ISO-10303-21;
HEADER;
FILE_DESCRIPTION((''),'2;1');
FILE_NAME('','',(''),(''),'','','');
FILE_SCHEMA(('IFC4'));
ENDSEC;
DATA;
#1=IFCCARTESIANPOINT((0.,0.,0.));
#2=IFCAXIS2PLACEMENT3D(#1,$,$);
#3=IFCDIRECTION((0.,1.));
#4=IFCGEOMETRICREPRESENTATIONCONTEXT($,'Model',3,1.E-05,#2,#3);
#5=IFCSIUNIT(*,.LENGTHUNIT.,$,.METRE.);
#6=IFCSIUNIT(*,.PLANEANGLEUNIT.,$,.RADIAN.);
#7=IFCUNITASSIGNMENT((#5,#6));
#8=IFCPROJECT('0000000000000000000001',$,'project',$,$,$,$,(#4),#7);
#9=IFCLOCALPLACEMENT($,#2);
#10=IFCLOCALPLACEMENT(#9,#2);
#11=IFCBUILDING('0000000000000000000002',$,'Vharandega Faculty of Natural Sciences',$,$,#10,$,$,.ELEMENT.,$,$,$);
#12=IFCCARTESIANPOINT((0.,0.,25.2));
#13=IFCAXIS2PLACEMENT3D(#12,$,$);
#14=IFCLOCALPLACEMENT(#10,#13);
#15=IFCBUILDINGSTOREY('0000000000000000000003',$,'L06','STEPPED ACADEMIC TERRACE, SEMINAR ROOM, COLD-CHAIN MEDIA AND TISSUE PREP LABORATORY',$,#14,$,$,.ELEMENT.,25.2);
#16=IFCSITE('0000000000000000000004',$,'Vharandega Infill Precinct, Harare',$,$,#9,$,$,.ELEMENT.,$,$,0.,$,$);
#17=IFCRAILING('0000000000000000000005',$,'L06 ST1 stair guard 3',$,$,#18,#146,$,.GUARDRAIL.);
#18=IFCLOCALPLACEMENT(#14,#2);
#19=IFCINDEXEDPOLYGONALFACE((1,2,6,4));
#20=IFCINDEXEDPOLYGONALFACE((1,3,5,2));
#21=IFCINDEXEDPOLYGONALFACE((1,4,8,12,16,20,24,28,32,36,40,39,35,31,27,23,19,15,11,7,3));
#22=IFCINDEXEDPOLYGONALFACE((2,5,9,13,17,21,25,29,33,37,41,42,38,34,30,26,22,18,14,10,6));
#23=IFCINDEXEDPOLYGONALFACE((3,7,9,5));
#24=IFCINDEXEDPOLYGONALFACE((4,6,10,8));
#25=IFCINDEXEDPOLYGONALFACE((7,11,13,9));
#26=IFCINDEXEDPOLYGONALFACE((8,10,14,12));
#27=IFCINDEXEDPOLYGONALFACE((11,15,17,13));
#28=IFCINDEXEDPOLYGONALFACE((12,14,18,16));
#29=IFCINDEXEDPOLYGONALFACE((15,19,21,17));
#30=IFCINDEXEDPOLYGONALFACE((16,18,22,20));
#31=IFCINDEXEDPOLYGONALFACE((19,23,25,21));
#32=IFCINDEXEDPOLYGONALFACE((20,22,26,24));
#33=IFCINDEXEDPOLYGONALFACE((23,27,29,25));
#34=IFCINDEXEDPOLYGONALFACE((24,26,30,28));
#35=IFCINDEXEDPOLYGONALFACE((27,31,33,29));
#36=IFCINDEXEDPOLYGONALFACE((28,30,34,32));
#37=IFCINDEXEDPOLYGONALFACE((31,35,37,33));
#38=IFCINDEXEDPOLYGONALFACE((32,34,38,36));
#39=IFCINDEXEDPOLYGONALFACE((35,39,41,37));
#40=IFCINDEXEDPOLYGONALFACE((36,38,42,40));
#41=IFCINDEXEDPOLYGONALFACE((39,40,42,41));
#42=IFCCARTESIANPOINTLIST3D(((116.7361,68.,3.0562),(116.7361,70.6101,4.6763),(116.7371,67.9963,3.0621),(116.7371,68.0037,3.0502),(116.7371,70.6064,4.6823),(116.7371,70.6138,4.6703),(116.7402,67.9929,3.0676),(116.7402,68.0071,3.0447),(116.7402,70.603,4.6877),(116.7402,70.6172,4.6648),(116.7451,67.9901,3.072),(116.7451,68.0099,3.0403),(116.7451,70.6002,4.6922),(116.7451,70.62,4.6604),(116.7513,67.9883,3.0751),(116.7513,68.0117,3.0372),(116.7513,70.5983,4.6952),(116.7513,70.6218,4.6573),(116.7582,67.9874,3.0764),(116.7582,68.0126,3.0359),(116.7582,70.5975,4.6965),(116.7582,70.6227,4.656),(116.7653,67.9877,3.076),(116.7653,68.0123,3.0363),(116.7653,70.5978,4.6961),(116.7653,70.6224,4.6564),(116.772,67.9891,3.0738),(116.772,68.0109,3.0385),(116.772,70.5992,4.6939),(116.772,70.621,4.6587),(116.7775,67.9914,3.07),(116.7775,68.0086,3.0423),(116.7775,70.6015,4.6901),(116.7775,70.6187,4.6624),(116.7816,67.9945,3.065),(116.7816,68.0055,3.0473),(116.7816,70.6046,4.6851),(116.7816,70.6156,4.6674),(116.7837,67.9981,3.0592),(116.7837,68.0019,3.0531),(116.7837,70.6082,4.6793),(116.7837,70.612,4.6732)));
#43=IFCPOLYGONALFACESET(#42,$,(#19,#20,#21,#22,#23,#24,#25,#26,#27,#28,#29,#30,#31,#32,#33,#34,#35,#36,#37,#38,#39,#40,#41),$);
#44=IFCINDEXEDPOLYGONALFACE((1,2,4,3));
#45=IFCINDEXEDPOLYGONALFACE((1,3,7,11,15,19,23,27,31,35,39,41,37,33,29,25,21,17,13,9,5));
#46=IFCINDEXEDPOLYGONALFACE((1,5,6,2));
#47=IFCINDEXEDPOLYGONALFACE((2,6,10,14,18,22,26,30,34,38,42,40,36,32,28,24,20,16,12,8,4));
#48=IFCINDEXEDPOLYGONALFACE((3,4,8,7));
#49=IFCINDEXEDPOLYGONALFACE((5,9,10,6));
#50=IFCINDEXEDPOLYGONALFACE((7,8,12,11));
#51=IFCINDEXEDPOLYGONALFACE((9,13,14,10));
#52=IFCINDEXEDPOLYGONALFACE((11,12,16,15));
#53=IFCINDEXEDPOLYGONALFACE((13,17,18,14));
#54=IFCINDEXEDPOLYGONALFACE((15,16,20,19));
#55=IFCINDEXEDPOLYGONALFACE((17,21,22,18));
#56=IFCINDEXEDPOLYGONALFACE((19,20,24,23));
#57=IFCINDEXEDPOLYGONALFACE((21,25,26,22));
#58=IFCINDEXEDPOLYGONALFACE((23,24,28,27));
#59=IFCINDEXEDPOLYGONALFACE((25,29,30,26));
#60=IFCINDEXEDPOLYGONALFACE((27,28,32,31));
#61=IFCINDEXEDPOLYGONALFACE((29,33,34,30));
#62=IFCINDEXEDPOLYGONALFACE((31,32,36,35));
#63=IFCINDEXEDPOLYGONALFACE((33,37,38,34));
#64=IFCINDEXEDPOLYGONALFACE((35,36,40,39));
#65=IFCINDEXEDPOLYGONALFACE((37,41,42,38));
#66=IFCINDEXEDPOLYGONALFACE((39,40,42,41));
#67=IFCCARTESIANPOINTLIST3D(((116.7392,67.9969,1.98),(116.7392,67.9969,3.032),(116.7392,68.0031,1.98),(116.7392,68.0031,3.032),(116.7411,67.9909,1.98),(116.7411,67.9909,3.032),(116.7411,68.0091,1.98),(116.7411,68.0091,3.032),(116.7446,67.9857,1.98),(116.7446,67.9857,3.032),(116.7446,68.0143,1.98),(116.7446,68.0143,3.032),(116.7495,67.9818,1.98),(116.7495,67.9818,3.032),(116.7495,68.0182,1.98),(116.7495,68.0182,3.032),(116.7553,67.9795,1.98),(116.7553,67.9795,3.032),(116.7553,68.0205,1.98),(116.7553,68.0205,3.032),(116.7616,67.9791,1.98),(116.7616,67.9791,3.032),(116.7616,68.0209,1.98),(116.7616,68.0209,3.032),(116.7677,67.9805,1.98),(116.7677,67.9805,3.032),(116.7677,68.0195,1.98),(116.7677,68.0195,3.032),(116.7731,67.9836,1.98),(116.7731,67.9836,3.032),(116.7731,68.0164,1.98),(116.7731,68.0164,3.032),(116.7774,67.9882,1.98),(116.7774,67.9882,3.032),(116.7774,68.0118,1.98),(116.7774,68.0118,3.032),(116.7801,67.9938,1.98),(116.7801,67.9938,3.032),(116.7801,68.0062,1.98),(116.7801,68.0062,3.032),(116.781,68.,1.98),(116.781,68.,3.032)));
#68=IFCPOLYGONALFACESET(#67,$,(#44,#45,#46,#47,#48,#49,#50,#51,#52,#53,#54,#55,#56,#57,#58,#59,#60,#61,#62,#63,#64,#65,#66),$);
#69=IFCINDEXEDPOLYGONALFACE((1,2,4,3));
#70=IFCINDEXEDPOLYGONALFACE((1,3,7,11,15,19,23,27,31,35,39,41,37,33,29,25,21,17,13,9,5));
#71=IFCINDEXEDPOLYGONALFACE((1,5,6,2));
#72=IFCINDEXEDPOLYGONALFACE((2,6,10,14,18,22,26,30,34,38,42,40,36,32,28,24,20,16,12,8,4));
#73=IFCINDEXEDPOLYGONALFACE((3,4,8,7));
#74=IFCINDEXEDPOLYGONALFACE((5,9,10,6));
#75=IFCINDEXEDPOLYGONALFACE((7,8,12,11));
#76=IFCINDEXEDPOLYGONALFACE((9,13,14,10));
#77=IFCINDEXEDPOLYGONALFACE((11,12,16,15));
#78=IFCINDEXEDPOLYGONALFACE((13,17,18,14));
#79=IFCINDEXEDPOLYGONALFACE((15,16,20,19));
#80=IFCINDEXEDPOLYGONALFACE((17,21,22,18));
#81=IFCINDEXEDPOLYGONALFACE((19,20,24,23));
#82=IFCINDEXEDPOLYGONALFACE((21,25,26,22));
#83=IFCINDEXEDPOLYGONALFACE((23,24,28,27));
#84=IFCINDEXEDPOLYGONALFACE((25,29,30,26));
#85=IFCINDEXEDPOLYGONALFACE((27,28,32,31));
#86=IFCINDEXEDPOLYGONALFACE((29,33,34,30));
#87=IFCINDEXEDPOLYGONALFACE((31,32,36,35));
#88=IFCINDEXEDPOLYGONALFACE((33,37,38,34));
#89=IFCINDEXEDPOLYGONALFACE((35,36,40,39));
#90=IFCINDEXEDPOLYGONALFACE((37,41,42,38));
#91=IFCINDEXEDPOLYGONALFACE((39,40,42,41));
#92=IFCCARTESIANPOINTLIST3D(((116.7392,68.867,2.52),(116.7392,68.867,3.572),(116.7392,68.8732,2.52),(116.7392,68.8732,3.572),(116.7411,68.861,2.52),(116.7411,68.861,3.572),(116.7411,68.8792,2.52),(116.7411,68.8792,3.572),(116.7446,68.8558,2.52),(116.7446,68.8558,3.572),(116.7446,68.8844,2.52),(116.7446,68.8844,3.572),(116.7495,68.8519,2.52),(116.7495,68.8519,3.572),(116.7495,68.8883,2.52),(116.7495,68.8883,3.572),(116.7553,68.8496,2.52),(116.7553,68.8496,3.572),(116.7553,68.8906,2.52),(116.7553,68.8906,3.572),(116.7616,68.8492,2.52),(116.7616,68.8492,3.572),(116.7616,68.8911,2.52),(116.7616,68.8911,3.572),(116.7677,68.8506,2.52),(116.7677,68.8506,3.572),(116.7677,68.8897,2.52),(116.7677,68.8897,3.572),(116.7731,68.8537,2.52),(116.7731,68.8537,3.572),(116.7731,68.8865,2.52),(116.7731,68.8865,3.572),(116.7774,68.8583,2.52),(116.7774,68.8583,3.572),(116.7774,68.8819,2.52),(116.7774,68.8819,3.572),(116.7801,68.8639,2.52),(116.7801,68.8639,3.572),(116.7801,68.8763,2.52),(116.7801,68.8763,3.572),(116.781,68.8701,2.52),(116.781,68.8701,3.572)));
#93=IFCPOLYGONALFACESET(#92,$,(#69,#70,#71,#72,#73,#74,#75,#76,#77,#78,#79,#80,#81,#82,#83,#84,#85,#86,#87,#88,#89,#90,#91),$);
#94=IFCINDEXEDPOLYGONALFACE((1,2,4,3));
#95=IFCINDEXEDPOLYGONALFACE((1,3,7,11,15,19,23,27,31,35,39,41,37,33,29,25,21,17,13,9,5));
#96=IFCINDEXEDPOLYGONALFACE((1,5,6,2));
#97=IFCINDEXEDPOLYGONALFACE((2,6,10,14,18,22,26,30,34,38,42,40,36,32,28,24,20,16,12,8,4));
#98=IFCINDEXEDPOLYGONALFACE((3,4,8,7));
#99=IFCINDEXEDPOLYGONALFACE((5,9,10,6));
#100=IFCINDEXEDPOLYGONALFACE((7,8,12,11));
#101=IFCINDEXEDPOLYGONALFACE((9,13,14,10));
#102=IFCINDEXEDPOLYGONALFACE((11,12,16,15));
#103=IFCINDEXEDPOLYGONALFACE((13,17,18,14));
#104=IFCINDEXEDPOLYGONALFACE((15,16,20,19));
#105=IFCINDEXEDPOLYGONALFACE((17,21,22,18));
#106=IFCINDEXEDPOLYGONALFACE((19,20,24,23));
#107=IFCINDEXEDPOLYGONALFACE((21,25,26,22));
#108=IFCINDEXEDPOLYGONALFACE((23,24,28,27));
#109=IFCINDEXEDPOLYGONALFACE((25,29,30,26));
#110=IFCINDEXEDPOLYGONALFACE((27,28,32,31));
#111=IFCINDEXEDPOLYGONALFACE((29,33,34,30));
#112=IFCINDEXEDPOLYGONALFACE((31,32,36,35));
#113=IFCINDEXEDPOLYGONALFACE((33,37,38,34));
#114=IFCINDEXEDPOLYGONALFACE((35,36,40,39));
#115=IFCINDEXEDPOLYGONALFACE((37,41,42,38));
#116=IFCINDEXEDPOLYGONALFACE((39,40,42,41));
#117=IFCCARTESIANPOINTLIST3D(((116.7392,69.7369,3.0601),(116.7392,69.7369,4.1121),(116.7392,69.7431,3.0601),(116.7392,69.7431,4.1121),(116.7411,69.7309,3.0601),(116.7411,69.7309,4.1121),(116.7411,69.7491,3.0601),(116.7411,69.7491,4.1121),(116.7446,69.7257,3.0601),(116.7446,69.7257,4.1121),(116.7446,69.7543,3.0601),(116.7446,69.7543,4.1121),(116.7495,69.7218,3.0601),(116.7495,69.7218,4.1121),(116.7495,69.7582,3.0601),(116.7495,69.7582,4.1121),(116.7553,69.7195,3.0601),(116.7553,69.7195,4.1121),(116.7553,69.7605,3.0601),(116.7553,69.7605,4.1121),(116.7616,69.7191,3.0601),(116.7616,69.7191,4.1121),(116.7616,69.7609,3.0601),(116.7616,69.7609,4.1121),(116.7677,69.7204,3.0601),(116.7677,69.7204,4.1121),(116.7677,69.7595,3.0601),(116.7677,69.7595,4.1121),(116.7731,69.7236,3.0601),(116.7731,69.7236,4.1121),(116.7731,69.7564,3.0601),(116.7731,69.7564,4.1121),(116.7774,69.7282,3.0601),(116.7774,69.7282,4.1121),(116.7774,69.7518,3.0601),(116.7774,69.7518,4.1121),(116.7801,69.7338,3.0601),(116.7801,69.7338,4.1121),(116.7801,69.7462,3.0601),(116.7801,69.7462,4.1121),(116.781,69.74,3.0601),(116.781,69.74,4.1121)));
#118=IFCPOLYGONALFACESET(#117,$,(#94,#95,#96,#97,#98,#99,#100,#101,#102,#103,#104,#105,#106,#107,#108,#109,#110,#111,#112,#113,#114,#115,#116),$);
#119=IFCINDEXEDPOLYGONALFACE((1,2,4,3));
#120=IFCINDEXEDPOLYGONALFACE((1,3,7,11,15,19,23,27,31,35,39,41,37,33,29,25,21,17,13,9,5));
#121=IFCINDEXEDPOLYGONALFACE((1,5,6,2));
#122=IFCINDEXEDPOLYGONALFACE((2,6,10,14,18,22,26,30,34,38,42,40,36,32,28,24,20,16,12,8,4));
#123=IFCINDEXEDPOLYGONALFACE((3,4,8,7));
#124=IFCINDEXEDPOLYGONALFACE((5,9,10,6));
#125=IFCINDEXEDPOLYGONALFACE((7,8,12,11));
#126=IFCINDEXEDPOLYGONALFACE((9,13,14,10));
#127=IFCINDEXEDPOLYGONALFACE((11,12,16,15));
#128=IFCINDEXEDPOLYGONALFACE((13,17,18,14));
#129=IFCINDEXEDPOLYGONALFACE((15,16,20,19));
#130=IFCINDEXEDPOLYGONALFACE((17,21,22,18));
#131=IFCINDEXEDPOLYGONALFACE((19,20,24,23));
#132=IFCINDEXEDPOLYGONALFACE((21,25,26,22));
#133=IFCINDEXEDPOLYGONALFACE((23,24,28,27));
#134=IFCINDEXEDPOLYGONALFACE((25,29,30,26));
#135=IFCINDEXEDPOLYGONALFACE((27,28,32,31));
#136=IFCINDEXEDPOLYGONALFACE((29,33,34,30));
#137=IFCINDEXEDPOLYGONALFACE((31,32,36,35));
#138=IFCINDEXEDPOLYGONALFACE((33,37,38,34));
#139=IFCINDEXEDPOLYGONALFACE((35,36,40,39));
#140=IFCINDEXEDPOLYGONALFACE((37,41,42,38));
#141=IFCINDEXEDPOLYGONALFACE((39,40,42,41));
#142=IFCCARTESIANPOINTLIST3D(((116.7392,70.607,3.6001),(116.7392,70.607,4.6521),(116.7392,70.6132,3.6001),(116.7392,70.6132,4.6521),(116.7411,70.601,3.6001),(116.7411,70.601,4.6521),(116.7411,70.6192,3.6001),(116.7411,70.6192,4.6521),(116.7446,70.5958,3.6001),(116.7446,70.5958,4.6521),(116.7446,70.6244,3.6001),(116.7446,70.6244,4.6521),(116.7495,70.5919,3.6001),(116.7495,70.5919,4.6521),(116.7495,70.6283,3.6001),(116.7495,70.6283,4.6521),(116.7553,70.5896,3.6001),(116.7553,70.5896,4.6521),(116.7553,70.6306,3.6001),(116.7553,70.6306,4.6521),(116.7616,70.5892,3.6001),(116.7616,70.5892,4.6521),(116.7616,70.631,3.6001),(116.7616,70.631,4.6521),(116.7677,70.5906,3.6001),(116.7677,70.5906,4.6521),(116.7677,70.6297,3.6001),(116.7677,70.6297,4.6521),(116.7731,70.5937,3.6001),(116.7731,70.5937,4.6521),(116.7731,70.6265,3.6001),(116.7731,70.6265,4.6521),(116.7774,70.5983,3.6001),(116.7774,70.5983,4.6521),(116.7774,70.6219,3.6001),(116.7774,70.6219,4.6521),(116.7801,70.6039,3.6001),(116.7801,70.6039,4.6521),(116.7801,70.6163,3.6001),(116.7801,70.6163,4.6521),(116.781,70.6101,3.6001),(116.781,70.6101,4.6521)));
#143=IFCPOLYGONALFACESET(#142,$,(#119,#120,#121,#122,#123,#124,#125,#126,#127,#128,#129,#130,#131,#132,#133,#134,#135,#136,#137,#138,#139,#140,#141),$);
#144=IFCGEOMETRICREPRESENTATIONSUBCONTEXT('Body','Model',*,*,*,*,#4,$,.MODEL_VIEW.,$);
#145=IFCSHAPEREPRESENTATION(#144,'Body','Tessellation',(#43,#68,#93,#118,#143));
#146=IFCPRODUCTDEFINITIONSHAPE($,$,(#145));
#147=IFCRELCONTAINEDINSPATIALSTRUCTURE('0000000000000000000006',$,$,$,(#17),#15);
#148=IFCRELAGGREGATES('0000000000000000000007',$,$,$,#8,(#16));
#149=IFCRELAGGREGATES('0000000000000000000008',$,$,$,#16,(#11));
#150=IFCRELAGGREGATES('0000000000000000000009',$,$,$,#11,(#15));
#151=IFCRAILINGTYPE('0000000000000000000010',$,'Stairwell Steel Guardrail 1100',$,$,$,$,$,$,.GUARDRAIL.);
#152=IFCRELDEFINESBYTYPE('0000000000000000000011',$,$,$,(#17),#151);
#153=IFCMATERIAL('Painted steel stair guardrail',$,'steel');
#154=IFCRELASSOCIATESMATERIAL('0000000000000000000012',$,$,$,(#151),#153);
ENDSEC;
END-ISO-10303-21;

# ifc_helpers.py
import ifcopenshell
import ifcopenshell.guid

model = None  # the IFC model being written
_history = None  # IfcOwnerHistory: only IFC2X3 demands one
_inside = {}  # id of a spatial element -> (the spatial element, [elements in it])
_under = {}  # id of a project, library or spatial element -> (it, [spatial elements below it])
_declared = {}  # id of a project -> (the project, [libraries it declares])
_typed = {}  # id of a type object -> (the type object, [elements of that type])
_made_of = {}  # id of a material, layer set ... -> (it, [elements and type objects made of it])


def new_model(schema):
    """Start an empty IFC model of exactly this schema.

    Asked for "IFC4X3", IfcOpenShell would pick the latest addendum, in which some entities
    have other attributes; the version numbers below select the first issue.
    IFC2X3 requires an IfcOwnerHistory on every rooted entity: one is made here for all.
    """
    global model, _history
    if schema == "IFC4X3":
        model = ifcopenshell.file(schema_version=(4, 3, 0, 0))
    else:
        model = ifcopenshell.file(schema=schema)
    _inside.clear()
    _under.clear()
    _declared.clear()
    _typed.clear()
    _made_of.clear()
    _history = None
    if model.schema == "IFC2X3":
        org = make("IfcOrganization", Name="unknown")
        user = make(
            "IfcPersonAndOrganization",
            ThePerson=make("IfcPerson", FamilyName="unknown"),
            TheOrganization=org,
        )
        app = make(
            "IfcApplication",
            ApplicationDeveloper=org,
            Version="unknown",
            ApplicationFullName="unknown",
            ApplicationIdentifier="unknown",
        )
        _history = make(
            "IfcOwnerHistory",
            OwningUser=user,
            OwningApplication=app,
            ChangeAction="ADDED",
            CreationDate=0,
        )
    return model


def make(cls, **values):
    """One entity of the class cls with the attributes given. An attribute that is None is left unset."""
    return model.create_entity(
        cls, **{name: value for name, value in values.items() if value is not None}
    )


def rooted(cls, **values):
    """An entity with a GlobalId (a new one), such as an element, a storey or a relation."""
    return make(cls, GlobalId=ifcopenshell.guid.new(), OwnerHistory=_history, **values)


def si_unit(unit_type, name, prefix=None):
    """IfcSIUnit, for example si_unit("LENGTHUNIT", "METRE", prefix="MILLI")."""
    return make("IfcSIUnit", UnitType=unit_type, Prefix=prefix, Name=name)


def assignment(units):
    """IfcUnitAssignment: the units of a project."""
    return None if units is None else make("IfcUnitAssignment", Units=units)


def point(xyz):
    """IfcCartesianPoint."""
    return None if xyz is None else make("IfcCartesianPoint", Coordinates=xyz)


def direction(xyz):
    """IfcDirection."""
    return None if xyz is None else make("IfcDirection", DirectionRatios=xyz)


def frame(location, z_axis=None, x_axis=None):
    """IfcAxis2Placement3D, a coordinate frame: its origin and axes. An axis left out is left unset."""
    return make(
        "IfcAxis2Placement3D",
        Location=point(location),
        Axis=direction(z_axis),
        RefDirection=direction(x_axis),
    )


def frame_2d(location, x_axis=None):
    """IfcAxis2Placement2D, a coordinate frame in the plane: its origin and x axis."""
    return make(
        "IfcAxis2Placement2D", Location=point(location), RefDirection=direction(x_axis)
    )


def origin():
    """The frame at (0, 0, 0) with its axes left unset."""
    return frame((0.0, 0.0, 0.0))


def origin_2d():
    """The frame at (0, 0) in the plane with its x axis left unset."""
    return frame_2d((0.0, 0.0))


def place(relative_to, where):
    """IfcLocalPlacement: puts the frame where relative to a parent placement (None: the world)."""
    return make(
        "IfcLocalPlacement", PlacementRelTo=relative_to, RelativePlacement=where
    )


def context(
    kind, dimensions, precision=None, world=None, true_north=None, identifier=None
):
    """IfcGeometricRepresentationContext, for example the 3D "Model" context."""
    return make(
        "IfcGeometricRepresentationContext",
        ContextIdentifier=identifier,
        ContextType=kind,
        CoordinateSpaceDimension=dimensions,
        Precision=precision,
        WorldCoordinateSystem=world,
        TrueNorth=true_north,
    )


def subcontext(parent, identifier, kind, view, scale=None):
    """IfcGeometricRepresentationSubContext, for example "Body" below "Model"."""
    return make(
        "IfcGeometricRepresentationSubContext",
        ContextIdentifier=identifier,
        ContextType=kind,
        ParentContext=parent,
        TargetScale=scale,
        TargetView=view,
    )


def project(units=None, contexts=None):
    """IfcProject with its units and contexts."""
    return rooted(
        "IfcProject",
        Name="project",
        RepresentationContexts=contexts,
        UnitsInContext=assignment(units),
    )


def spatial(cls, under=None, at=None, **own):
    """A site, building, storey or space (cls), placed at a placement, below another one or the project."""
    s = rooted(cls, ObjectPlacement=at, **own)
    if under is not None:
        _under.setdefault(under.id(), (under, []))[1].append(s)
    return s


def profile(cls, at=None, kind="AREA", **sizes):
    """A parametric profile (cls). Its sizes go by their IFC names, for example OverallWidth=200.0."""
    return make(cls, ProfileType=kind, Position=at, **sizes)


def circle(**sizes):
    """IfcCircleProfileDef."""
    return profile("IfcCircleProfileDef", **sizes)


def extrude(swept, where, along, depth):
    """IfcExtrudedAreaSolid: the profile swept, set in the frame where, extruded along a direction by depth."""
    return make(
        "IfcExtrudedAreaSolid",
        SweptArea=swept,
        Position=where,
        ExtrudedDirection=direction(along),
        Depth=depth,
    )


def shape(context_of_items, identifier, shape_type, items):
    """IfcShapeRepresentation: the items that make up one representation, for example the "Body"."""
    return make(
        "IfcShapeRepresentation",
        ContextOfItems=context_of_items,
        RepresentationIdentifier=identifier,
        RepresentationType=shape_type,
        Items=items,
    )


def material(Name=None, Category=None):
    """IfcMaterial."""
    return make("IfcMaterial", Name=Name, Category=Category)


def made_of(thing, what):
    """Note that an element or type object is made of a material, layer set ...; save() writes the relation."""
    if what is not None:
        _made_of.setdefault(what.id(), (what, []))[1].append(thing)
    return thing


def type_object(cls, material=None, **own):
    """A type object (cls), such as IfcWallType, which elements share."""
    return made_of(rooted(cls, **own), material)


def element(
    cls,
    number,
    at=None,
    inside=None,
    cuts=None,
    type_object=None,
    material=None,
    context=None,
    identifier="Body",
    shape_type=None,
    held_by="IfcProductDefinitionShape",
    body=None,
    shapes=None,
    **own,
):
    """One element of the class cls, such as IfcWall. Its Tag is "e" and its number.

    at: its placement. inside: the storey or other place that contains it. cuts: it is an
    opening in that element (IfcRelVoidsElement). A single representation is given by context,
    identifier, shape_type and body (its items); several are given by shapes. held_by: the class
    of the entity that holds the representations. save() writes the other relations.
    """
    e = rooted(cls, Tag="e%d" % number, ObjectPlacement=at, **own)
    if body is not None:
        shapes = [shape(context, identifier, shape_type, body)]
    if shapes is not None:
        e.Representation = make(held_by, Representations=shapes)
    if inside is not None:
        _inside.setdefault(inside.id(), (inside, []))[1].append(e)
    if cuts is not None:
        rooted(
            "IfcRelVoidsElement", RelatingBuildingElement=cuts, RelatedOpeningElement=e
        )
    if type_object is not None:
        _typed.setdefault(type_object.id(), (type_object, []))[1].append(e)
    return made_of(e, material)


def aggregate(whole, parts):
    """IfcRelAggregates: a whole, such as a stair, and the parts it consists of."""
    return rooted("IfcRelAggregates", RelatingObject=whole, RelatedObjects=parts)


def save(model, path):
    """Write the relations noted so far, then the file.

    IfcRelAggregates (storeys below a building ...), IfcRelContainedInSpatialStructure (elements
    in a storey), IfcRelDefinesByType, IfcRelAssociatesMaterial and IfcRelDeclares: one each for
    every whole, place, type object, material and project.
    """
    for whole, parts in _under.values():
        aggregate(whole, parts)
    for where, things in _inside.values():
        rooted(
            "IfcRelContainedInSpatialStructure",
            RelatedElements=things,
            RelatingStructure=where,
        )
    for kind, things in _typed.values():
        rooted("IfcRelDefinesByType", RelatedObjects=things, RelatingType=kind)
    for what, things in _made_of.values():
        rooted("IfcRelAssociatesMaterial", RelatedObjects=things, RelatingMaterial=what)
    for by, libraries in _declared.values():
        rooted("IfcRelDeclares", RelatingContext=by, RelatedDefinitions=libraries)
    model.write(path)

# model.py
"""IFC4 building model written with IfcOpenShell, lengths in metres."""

from ifc_helpers import new_model, si_unit, direction, frame, origin, origin_2d, place, context, subcontext, project, spatial, circle, extrude, material, type_object, element, save


model = new_model("IFC4")

# Units and contexts
model_context = context("Model", 3, precision=1e-05, world=origin(), true_north=direction((0.0, 1.0)))
body_context = subcontext(model_context, "Body", "Model", "MODEL_VIEW")
ifc_project = project(units=[si_unit("LENGTHUNIT", "METRE"), si_unit("PLANEANGLEUNIT", "RADIAN")], contexts=[model_context])

# Site, building, storey
site_placement = place(None, origin())
site = spatial("IfcSite", under=ifc_project, at=site_placement, Name="Vharandega Infill Precinct, Harare", CompositionType="ELEMENT", RefElevation=0.0)
building_placement = place(site_placement, origin())
building = spatial("IfcBuilding", under=site, at=building_placement, Name="Vharandega Faculty of Natural Sciences", CompositionType="ELEMENT")
storey_placement = place(building_placement, frame((0.0, 0.0, 25.2)))
storey = spatial("IfcBuildingStorey", under=building, at=storey_placement, Name="L06", Description="STEPPED ACADEMIC TERRACE, SEMINAR ROOM, COLD-CHAIN MEDIA AND TISSUE PREP LABORATORY", CompositionType="ELEMENT", Elevation=25.2)

# Railing
ifc_material_1 = material(Name="Painted steel stair guardrail", Category="steel")
railing_type_1 = type_object("IfcRailingType", Name="Stairwell Steel Guardrail 1100", PredefinedType="GUARDRAIL", material=ifc_material_1)
railing_1_placement = place(storey_placement, frame((116.76, 68.0, 1.98)))
element("IfcRailing", 1, at=railing_1_placement, inside=storey, type_object=railing_type_1, Name="L06 ST1 stair guard 3", PredefinedType="GUARDRAIL", context=body_context, shape_type="SweptSolid", body=[
    extrude(circle(Radius=0.0239, at=origin_2d()), frame((0.0, 0.0, 1.0762), z_axis=(0.0, 0.849633, 0.527375), x_axis=(-1.0, 0.0, 0.0)), (0.0, 0.0, 1.0), 3.072),
    extrude(circle(Radius=0.021, at=origin_2d()), origin(), (0.0, 0.0, 1.0), 1.052),
    extrude(circle(Radius=0.021, at=origin_2d()), frame((0.0, 0.8701, 0.54)), (0.0, 0.0, 1.0), 1.052),
    extrude(circle(Radius=0.021, at=origin_2d()), frame((0.0, 1.74, 1.0801)), (0.0, 0.0, 1.0), 1.052),
    extrude(circle(Radius=0.021, at=origin_2d()), frame((0.0, 2.6101, 1.6201)), (0.0, 0.0, 1.0), 1.052),
])

save(model, "model.ifc")
